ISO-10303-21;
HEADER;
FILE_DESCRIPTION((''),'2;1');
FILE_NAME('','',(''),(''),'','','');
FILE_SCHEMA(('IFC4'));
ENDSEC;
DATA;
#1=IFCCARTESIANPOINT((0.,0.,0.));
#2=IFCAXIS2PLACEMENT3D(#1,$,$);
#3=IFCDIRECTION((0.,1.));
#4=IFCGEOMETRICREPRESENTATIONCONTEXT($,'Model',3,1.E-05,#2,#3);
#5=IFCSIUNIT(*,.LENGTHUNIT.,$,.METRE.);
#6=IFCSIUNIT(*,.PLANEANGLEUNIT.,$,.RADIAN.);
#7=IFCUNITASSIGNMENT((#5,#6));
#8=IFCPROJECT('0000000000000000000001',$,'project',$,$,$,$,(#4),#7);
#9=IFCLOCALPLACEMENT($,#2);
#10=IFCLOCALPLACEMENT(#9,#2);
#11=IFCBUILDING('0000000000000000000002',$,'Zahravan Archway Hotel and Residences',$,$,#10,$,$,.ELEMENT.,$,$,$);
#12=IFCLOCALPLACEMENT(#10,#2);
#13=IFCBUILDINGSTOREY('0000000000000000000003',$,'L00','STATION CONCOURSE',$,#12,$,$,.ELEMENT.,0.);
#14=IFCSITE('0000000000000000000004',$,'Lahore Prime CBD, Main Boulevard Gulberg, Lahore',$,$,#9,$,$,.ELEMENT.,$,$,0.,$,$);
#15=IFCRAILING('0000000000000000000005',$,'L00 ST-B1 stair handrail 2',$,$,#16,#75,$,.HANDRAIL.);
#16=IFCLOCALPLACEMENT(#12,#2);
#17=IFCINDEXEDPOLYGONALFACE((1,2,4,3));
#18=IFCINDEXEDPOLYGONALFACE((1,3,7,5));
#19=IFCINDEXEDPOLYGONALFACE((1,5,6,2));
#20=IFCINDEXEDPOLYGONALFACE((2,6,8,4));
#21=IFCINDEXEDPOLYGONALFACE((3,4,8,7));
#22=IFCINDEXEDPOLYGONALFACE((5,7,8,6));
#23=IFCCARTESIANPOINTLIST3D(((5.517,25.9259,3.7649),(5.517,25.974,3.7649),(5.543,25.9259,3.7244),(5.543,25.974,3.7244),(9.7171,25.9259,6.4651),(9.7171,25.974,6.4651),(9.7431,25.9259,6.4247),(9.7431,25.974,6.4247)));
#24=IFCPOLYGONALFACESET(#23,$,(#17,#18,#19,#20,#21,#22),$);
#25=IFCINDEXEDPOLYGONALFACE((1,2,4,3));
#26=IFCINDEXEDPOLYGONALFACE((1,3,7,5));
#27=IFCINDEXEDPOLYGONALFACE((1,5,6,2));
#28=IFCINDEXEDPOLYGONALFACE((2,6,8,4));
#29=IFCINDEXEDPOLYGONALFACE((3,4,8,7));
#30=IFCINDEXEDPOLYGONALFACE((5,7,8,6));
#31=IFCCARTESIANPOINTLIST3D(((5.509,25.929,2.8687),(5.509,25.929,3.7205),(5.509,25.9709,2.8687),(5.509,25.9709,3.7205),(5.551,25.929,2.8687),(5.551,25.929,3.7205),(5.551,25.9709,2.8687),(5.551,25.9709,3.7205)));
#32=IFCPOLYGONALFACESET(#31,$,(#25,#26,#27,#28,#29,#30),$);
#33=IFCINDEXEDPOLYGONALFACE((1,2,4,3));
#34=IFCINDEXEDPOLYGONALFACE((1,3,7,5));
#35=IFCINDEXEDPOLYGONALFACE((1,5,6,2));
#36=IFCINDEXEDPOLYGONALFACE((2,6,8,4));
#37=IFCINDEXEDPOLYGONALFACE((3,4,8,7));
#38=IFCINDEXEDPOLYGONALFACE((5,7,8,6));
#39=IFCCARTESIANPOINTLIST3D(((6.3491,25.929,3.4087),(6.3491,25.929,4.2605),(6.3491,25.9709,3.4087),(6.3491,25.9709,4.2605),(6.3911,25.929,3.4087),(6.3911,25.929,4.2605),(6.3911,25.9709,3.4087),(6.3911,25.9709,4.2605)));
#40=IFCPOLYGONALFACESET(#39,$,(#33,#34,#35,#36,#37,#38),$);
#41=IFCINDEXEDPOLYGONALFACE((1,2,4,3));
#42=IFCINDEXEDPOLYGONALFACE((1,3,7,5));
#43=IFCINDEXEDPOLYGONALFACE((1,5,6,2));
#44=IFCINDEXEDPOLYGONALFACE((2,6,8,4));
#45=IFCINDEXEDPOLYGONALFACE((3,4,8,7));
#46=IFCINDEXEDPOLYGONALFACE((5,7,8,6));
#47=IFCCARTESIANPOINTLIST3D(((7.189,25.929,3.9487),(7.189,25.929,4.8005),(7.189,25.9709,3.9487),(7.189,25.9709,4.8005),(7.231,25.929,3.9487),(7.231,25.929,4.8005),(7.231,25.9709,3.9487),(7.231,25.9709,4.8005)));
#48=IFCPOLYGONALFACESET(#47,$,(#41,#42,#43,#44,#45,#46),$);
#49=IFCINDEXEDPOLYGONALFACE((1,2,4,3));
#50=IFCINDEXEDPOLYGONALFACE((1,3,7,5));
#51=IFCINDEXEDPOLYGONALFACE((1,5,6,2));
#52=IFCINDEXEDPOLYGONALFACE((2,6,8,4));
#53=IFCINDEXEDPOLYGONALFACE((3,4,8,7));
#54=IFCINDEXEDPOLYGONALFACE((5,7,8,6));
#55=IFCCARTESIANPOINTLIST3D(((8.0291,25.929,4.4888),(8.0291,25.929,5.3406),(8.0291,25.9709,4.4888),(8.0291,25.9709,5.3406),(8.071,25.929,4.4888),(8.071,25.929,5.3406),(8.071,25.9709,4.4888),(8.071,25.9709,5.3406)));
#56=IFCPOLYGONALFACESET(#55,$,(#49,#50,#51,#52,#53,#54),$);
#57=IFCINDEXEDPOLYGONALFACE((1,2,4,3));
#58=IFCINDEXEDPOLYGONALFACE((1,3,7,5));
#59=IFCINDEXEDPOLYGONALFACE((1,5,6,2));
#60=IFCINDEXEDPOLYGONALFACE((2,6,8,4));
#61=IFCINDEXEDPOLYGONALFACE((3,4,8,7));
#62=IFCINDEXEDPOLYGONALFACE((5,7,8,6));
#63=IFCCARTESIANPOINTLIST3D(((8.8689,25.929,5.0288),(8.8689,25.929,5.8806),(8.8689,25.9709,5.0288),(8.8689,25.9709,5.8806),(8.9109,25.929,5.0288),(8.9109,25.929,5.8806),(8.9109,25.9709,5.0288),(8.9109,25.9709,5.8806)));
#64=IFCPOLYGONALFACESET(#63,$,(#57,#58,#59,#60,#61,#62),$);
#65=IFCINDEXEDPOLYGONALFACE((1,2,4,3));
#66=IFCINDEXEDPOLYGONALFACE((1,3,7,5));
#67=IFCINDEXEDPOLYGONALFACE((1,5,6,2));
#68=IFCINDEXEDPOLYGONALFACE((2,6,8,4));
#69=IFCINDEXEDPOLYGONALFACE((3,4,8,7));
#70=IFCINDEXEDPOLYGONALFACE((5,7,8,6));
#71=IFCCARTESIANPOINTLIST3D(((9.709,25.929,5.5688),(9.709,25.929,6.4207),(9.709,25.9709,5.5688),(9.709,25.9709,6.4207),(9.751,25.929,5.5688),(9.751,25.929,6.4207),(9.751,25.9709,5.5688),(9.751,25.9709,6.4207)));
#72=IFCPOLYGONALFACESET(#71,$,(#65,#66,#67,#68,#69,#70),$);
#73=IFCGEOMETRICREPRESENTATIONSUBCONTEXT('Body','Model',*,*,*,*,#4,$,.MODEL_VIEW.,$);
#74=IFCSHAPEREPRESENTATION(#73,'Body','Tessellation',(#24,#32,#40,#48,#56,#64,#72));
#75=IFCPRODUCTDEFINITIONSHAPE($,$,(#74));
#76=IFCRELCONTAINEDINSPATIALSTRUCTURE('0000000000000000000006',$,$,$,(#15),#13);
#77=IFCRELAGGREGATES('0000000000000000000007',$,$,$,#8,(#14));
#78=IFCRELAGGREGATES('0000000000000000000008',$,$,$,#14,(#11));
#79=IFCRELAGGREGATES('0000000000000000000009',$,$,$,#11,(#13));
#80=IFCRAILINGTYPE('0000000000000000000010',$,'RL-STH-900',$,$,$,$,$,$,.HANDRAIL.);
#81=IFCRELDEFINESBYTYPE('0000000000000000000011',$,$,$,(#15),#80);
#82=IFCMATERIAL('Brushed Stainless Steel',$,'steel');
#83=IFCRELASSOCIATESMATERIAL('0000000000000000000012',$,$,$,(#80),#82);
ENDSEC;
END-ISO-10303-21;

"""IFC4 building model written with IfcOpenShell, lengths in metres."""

from ifc_helpers import new_model, si_unit, direction, frame, origin, origin_2d, place, context, subcontext, project, spatial, rectangle, extrude, material, type_object, element, save


model = new_model("IFC4")

# Units and contexts
model_context = context("Model", 3, precision=1e-05, world=origin(), true_north=direction((0.0, 1.0)))
body_context = subcontext(model_context, "Body", "Model", "MODEL_VIEW")
ifc_project = project(units=[si_unit("LENGTHUNIT", "METRE"), si_unit("PLANEANGLEUNIT", "RADIAN")], contexts=[model_context])

# Site, building, storey
site_placement = place(None, origin())
site = spatial("IfcSite", under=ifc_project, at=site_placement, Name="Lahore Prime CBD, Main Boulevard Gulberg, Lahore", CompositionType="ELEMENT", RefElevation=0.0)
building_placement = place(site_placement, origin())
building = spatial("IfcBuilding", under=site, at=building_placement, Name="Zahravan Archway Hotel and Residences", CompositionType="ELEMENT")
storey_placement = place(building_placement, origin())
storey = spatial("IfcBuildingStorey", under=building, at=storey_placement, Name="L00", Description="STATION CONCOURSE", CompositionType="ELEMENT", Elevation=0.0)

# Shared definitions
ifc_material_1 = material(Name="Brushed Stainless Steel", Category="steel")

# Railing
railing_type_1 = type_object("IfcRailingType", Name="RL-STH-900", PredefinedType="HANDRAIL", material=ifc_material_1)
railing_1_placement = place(storey_placement, frame((5.53, 25.95, 2.8687)))
element("IfcRailing", 1, at=railing_1_placement, inside=storey, type_object=railing_type_1, Name="L00 ST-B1 stair handrail 2", PredefinedType="HANDRAIL", context=body_context, shape_type="SweptSolid", body=[
    extrude(rectangle(XDim=0.0481, YDim=0.0481, at=origin_2d()), frame((0.0, 0.0, 0.876), z_axis=(0.841158, 0.0, 0.54079), x_axis=(0.0, 1.0, 0.0)), (0.0, 0.0, 1.0), 4.9932),
    extrude(rectangle(XDim=0.042, YDim=0.042, at=origin_2d()), origin(), (0.0, 0.0, 1.0), 0.8518),
    extrude(rectangle(XDim=0.042, YDim=0.042, at=origin_2d()), frame((0.8401, 0.0, 0.54)), (0.0, 0.0, 1.0), 0.8518),
    extrude(rectangle(XDim=0.042, YDim=0.042, at=origin_2d()), frame((1.6799, 0.0, 1.0801)), (0.0, 0.0, 1.0), 0.8518),
    extrude(rectangle(XDim=0.042, YDim=0.042, at=origin_2d()), frame((2.52, 0.0, 1.6201)), (0.0, 0.0, 1.0), 0.8518),
    extrude(rectangle(XDim=0.042, YDim=0.042, at=origin_2d()), frame((3.3599, 0.0, 2.1602)), (0.0, 0.0, 1.0), 0.8518),
    extrude(rectangle(XDim=0.042, YDim=0.042, at=origin_2d()), frame((4.2, 0.0, 2.7002)), (0.0, 0.0, 1.0), 0.8518),
])

save(model, "model.ifc")
